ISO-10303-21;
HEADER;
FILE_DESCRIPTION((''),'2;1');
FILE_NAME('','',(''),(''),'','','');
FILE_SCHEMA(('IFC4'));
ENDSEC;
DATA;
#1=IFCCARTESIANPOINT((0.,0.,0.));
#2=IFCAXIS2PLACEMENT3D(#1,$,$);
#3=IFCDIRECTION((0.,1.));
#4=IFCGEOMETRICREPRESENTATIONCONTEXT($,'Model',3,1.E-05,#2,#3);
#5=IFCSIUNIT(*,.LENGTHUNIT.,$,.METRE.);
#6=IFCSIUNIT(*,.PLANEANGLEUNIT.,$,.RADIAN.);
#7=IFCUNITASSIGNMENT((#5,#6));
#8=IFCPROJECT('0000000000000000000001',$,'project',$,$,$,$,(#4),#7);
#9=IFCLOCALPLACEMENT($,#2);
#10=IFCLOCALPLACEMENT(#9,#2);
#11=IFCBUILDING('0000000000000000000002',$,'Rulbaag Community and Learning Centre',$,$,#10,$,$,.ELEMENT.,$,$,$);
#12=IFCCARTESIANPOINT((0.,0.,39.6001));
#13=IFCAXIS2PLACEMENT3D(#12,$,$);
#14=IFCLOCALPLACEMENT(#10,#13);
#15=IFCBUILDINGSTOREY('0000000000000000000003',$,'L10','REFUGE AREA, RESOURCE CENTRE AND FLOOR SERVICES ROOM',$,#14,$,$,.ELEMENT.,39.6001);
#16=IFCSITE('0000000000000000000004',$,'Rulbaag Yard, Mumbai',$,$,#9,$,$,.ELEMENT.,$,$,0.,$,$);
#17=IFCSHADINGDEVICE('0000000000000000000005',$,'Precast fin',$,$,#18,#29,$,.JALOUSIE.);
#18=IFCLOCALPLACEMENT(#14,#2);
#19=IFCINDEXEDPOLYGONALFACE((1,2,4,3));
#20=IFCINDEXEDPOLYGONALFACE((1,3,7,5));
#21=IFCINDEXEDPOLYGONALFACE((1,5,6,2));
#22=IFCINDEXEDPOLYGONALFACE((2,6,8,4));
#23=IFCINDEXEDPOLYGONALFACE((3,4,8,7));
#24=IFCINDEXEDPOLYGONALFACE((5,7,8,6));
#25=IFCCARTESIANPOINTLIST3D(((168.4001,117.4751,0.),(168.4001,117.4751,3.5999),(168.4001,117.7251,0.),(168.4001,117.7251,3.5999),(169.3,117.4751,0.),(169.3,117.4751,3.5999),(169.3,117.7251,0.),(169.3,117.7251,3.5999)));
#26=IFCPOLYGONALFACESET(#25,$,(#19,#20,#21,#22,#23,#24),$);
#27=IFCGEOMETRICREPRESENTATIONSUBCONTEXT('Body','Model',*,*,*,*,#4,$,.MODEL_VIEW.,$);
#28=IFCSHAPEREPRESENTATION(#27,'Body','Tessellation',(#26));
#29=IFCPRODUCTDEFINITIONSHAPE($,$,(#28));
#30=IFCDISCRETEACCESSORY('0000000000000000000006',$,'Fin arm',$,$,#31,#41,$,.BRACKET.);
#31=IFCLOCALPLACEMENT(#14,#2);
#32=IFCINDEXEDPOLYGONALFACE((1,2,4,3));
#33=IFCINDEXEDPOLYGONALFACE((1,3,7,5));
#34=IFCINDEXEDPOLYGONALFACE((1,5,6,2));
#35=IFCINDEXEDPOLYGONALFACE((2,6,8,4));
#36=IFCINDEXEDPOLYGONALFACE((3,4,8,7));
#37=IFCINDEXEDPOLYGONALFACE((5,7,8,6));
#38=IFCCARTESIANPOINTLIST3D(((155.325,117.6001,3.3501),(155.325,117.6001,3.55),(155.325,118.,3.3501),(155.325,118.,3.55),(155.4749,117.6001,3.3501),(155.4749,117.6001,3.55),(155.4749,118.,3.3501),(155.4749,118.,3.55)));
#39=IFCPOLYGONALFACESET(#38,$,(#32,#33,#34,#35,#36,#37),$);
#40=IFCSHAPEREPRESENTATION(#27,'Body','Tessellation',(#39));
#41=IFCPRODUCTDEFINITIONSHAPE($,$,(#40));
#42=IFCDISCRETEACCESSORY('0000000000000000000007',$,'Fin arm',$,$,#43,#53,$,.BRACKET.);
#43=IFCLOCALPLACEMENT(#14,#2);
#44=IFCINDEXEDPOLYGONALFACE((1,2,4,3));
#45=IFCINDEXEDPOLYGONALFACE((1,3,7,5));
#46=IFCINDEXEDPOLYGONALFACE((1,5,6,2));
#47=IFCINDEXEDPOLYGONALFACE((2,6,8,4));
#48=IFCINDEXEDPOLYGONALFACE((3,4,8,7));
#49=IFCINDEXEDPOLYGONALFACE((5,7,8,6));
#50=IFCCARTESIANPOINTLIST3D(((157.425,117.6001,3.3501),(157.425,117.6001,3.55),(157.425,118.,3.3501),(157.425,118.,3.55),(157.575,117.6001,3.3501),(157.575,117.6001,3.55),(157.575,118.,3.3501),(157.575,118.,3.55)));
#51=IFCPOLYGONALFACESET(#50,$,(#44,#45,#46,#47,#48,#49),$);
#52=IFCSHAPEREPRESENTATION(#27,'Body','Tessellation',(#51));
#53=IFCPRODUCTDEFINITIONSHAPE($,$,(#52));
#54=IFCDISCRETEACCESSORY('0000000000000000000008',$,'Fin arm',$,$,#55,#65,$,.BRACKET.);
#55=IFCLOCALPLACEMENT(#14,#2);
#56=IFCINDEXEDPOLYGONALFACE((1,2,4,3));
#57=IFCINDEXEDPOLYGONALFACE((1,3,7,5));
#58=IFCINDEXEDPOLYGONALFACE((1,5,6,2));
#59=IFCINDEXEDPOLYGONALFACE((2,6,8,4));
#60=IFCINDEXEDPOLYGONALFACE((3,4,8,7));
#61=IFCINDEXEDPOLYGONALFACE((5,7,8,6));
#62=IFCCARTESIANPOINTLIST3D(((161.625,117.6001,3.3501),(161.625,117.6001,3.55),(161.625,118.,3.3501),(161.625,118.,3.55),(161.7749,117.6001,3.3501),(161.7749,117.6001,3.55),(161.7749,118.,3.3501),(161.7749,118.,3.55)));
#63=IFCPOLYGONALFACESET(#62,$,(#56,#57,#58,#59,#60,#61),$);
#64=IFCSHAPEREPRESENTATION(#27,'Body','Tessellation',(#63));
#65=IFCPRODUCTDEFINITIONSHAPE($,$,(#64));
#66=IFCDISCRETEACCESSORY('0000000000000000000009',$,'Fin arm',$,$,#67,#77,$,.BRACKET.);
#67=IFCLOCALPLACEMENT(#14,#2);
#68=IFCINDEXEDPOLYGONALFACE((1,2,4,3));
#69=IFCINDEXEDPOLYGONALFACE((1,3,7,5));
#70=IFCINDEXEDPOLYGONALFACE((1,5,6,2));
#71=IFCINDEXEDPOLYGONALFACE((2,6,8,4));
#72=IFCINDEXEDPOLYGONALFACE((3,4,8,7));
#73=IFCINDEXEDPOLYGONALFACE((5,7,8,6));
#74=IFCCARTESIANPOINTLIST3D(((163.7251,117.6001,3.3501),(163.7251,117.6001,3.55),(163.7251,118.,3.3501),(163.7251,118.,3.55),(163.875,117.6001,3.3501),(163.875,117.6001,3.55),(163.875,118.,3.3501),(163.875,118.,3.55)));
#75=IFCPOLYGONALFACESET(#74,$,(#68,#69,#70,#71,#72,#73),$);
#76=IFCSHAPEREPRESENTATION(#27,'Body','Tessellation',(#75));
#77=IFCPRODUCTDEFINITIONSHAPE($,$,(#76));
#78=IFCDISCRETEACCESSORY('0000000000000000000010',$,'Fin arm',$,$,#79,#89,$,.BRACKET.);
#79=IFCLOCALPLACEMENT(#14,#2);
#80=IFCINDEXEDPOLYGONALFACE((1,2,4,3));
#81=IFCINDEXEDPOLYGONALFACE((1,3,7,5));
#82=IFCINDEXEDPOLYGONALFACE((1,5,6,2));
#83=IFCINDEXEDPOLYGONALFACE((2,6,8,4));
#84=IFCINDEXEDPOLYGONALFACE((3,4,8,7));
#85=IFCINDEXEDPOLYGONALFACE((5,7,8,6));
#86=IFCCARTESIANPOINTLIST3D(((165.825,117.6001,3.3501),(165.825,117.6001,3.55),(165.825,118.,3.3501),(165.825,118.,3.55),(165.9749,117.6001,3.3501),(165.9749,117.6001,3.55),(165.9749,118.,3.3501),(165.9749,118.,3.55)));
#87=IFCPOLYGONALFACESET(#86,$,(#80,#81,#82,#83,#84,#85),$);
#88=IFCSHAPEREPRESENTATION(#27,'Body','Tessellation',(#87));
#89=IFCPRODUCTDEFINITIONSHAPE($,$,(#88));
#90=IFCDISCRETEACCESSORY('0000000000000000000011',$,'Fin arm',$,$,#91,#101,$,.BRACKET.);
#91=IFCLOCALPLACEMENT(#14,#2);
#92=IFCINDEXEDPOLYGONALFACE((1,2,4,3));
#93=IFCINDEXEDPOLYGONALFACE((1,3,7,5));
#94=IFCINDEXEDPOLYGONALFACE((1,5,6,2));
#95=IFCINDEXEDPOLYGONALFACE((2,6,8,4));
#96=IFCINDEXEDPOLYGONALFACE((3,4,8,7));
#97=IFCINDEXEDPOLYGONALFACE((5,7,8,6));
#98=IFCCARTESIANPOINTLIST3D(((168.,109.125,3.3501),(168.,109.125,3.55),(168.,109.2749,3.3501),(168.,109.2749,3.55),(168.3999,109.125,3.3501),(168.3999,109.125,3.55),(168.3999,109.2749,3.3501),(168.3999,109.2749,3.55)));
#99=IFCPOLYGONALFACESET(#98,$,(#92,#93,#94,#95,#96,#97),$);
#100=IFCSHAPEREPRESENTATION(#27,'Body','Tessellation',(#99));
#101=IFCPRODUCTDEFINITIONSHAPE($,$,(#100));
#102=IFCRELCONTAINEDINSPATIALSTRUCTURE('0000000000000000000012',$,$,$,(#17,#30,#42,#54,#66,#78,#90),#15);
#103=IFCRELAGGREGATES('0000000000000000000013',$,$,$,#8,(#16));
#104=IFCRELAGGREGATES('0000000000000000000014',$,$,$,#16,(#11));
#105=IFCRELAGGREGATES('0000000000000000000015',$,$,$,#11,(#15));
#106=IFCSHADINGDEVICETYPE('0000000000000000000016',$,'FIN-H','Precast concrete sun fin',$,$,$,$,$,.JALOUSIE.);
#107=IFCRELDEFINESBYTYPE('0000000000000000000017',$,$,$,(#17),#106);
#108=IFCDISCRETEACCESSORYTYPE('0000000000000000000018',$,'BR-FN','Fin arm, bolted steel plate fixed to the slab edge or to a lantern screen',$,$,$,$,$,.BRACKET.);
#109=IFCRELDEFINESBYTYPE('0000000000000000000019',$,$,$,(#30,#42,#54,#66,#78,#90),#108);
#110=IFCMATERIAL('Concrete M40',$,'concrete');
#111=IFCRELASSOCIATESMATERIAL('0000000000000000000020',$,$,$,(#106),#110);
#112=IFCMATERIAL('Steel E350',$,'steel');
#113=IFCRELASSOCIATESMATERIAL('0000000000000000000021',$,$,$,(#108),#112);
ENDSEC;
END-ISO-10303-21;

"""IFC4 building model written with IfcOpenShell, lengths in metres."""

from ifc_helpers import new_model, si_unit, direction, frame, origin, origin_2d, place, context, subcontext, project, spatial, rectangle, extrude, material, material_profile, profile_set, type_object, element, save


model = new_model("IFC4")

# Units and contexts
model_context = context("Model", 3, precision=1e-05, world=origin(), true_north=direction((0.0, 1.0)))
body_context = subcontext(model_context, "Body", "Model", "MODEL_VIEW")
ifc_project = project(units=[si_unit("LENGTHUNIT", "METRE"), si_unit("PLANEANGLEUNIT", "RADIAN")], contexts=[model_context])

# Site, building, storey
site_placement = place(None, origin())
site = spatial("IfcSite", under=ifc_project, at=site_placement, Name="Rulbaag Yard, Mumbai", CompositionType="ELEMENT", RefElevation=0.0)
building_placement = place(site_placement, origin())
building = spatial("IfcBuilding", under=site, at=building_placement, Name="Rulbaag Community and Learning Centre", CompositionType="ELEMENT")
storey_placement = place(building_placement, frame((0.0, 0.0, 39.6001)))
storey = spatial("IfcBuildingStorey", under=building, at=storey_placement, Name="L10", Description="REFUGE AREA, RESOURCE CENTRE AND FLOOR SERVICES ROOM", CompositionType="ELEMENT", Elevation=39.6001)

# Shared definitions
ifc_material_1 = material(Name="Concrete M40", Category="concrete")

# Shading device
ifc_material_profile_1 = material_profile(ifc_material_1, rectangle(XDim=0.25, YDim=0.8999, at=origin_2d()), Name="PC 250x900")
ifc_profile_set_1 = profile_set([ifc_material_profile_1], Name="Concrete M40")
shading_device_type = type_object("IfcShadingDeviceType", Name="FIN-H", Description="Precast concrete sun fin", PredefinedType="JALOUSIE", material=ifc_profile_set_1)
for number, where, z_axis, x_axis, name in (
    (1, (168.8501, 117.6001, 0.0), (0.0, 0.0, 1.0), (0.0, 1.0, 0.0), "Precast fin"),
):
    element("IfcShadingDevice", number, at=place(storey_placement, frame(where, z_axis=z_axis, x_axis=x_axis)), inside=storey, type_object=shading_device_type, Name=name, PredefinedType="JALOUSIE", context=body_context, shape_type="SweptSolid", body=[
        extrude(rectangle(XDim=0.25, YDim=0.8999, at=origin_2d()), origin(), (0.0, 0.0, 1.0), 3.5999),
    ])

# Discrete accessories
ifc_material_2 = material(Name="Steel E350", Category="steel")
discrete_accessory_type = type_object("IfcDiscreteAccessoryType", Name="BR-FN", Description="Fin arm, bolted steel plate fixed to the slab edge or to a lantern screen", PredefinedType="BRACKET", material=ifc_material_2)
for number, where, z_axis, x_axis, name in (
    (2, (155.3999, 117.8, 3.3501), (0.0, 0.0, 1.0), (1.0, 0.0, 0.0), "Fin arm"),
    (3, (157.5, 117.8, 3.3501), (0.0, 0.0, 1.0), (1.0, 0.0, 0.0), "Fin arm"),
    (4, (161.7, 117.8, 3.3501), (0.0, 0.0, 1.0), (1.0, 0.0, 0.0), "Fin arm"),
    (5, (163.8, 117.8, 3.3501), (0.0, 0.0, 1.0), (1.0, 0.0, 0.0), "Fin arm"),
    (6, (165.8999, 117.8, 3.3501), (0.0, 0.0, 1.0), (1.0, 0.0, 0.0), "Fin arm"),
):
    element("IfcDiscreteAccessory", number, at=place(storey_placement, frame(where, z_axis=z_axis, x_axis=x_axis)), inside=storey, type_object=discrete_accessory_type, Name=name, PredefinedType="BRACKET", context=body_context, shape_type="SweptSolid", body=[
        extrude(rectangle(XDim=0.1499, YDim=0.3999, at=origin_2d()), origin(), (0.0, 0.0, 1.0), 0.2),
    ])
discrete_accessory_placement = place(storey_placement, frame((168.2, 109.2, 3.3501), z_axis=(0.0, 0.0, 1.0), x_axis=(1.0, 0.0, 0.0)))
element("IfcDiscreteAccessory", 7, at=discrete_accessory_placement, inside=storey, type_object=discrete_accessory_type, Name="Fin arm", PredefinedType="BRACKET", context=body_context, shape_type="SweptSolid", body=[
    extrude(rectangle(XDim=0.3999, YDim=0.1499, at=origin_2d()), origin(), (0.0, 0.0, 1.0), 0.2),
])

save(model, "model.ifc")
